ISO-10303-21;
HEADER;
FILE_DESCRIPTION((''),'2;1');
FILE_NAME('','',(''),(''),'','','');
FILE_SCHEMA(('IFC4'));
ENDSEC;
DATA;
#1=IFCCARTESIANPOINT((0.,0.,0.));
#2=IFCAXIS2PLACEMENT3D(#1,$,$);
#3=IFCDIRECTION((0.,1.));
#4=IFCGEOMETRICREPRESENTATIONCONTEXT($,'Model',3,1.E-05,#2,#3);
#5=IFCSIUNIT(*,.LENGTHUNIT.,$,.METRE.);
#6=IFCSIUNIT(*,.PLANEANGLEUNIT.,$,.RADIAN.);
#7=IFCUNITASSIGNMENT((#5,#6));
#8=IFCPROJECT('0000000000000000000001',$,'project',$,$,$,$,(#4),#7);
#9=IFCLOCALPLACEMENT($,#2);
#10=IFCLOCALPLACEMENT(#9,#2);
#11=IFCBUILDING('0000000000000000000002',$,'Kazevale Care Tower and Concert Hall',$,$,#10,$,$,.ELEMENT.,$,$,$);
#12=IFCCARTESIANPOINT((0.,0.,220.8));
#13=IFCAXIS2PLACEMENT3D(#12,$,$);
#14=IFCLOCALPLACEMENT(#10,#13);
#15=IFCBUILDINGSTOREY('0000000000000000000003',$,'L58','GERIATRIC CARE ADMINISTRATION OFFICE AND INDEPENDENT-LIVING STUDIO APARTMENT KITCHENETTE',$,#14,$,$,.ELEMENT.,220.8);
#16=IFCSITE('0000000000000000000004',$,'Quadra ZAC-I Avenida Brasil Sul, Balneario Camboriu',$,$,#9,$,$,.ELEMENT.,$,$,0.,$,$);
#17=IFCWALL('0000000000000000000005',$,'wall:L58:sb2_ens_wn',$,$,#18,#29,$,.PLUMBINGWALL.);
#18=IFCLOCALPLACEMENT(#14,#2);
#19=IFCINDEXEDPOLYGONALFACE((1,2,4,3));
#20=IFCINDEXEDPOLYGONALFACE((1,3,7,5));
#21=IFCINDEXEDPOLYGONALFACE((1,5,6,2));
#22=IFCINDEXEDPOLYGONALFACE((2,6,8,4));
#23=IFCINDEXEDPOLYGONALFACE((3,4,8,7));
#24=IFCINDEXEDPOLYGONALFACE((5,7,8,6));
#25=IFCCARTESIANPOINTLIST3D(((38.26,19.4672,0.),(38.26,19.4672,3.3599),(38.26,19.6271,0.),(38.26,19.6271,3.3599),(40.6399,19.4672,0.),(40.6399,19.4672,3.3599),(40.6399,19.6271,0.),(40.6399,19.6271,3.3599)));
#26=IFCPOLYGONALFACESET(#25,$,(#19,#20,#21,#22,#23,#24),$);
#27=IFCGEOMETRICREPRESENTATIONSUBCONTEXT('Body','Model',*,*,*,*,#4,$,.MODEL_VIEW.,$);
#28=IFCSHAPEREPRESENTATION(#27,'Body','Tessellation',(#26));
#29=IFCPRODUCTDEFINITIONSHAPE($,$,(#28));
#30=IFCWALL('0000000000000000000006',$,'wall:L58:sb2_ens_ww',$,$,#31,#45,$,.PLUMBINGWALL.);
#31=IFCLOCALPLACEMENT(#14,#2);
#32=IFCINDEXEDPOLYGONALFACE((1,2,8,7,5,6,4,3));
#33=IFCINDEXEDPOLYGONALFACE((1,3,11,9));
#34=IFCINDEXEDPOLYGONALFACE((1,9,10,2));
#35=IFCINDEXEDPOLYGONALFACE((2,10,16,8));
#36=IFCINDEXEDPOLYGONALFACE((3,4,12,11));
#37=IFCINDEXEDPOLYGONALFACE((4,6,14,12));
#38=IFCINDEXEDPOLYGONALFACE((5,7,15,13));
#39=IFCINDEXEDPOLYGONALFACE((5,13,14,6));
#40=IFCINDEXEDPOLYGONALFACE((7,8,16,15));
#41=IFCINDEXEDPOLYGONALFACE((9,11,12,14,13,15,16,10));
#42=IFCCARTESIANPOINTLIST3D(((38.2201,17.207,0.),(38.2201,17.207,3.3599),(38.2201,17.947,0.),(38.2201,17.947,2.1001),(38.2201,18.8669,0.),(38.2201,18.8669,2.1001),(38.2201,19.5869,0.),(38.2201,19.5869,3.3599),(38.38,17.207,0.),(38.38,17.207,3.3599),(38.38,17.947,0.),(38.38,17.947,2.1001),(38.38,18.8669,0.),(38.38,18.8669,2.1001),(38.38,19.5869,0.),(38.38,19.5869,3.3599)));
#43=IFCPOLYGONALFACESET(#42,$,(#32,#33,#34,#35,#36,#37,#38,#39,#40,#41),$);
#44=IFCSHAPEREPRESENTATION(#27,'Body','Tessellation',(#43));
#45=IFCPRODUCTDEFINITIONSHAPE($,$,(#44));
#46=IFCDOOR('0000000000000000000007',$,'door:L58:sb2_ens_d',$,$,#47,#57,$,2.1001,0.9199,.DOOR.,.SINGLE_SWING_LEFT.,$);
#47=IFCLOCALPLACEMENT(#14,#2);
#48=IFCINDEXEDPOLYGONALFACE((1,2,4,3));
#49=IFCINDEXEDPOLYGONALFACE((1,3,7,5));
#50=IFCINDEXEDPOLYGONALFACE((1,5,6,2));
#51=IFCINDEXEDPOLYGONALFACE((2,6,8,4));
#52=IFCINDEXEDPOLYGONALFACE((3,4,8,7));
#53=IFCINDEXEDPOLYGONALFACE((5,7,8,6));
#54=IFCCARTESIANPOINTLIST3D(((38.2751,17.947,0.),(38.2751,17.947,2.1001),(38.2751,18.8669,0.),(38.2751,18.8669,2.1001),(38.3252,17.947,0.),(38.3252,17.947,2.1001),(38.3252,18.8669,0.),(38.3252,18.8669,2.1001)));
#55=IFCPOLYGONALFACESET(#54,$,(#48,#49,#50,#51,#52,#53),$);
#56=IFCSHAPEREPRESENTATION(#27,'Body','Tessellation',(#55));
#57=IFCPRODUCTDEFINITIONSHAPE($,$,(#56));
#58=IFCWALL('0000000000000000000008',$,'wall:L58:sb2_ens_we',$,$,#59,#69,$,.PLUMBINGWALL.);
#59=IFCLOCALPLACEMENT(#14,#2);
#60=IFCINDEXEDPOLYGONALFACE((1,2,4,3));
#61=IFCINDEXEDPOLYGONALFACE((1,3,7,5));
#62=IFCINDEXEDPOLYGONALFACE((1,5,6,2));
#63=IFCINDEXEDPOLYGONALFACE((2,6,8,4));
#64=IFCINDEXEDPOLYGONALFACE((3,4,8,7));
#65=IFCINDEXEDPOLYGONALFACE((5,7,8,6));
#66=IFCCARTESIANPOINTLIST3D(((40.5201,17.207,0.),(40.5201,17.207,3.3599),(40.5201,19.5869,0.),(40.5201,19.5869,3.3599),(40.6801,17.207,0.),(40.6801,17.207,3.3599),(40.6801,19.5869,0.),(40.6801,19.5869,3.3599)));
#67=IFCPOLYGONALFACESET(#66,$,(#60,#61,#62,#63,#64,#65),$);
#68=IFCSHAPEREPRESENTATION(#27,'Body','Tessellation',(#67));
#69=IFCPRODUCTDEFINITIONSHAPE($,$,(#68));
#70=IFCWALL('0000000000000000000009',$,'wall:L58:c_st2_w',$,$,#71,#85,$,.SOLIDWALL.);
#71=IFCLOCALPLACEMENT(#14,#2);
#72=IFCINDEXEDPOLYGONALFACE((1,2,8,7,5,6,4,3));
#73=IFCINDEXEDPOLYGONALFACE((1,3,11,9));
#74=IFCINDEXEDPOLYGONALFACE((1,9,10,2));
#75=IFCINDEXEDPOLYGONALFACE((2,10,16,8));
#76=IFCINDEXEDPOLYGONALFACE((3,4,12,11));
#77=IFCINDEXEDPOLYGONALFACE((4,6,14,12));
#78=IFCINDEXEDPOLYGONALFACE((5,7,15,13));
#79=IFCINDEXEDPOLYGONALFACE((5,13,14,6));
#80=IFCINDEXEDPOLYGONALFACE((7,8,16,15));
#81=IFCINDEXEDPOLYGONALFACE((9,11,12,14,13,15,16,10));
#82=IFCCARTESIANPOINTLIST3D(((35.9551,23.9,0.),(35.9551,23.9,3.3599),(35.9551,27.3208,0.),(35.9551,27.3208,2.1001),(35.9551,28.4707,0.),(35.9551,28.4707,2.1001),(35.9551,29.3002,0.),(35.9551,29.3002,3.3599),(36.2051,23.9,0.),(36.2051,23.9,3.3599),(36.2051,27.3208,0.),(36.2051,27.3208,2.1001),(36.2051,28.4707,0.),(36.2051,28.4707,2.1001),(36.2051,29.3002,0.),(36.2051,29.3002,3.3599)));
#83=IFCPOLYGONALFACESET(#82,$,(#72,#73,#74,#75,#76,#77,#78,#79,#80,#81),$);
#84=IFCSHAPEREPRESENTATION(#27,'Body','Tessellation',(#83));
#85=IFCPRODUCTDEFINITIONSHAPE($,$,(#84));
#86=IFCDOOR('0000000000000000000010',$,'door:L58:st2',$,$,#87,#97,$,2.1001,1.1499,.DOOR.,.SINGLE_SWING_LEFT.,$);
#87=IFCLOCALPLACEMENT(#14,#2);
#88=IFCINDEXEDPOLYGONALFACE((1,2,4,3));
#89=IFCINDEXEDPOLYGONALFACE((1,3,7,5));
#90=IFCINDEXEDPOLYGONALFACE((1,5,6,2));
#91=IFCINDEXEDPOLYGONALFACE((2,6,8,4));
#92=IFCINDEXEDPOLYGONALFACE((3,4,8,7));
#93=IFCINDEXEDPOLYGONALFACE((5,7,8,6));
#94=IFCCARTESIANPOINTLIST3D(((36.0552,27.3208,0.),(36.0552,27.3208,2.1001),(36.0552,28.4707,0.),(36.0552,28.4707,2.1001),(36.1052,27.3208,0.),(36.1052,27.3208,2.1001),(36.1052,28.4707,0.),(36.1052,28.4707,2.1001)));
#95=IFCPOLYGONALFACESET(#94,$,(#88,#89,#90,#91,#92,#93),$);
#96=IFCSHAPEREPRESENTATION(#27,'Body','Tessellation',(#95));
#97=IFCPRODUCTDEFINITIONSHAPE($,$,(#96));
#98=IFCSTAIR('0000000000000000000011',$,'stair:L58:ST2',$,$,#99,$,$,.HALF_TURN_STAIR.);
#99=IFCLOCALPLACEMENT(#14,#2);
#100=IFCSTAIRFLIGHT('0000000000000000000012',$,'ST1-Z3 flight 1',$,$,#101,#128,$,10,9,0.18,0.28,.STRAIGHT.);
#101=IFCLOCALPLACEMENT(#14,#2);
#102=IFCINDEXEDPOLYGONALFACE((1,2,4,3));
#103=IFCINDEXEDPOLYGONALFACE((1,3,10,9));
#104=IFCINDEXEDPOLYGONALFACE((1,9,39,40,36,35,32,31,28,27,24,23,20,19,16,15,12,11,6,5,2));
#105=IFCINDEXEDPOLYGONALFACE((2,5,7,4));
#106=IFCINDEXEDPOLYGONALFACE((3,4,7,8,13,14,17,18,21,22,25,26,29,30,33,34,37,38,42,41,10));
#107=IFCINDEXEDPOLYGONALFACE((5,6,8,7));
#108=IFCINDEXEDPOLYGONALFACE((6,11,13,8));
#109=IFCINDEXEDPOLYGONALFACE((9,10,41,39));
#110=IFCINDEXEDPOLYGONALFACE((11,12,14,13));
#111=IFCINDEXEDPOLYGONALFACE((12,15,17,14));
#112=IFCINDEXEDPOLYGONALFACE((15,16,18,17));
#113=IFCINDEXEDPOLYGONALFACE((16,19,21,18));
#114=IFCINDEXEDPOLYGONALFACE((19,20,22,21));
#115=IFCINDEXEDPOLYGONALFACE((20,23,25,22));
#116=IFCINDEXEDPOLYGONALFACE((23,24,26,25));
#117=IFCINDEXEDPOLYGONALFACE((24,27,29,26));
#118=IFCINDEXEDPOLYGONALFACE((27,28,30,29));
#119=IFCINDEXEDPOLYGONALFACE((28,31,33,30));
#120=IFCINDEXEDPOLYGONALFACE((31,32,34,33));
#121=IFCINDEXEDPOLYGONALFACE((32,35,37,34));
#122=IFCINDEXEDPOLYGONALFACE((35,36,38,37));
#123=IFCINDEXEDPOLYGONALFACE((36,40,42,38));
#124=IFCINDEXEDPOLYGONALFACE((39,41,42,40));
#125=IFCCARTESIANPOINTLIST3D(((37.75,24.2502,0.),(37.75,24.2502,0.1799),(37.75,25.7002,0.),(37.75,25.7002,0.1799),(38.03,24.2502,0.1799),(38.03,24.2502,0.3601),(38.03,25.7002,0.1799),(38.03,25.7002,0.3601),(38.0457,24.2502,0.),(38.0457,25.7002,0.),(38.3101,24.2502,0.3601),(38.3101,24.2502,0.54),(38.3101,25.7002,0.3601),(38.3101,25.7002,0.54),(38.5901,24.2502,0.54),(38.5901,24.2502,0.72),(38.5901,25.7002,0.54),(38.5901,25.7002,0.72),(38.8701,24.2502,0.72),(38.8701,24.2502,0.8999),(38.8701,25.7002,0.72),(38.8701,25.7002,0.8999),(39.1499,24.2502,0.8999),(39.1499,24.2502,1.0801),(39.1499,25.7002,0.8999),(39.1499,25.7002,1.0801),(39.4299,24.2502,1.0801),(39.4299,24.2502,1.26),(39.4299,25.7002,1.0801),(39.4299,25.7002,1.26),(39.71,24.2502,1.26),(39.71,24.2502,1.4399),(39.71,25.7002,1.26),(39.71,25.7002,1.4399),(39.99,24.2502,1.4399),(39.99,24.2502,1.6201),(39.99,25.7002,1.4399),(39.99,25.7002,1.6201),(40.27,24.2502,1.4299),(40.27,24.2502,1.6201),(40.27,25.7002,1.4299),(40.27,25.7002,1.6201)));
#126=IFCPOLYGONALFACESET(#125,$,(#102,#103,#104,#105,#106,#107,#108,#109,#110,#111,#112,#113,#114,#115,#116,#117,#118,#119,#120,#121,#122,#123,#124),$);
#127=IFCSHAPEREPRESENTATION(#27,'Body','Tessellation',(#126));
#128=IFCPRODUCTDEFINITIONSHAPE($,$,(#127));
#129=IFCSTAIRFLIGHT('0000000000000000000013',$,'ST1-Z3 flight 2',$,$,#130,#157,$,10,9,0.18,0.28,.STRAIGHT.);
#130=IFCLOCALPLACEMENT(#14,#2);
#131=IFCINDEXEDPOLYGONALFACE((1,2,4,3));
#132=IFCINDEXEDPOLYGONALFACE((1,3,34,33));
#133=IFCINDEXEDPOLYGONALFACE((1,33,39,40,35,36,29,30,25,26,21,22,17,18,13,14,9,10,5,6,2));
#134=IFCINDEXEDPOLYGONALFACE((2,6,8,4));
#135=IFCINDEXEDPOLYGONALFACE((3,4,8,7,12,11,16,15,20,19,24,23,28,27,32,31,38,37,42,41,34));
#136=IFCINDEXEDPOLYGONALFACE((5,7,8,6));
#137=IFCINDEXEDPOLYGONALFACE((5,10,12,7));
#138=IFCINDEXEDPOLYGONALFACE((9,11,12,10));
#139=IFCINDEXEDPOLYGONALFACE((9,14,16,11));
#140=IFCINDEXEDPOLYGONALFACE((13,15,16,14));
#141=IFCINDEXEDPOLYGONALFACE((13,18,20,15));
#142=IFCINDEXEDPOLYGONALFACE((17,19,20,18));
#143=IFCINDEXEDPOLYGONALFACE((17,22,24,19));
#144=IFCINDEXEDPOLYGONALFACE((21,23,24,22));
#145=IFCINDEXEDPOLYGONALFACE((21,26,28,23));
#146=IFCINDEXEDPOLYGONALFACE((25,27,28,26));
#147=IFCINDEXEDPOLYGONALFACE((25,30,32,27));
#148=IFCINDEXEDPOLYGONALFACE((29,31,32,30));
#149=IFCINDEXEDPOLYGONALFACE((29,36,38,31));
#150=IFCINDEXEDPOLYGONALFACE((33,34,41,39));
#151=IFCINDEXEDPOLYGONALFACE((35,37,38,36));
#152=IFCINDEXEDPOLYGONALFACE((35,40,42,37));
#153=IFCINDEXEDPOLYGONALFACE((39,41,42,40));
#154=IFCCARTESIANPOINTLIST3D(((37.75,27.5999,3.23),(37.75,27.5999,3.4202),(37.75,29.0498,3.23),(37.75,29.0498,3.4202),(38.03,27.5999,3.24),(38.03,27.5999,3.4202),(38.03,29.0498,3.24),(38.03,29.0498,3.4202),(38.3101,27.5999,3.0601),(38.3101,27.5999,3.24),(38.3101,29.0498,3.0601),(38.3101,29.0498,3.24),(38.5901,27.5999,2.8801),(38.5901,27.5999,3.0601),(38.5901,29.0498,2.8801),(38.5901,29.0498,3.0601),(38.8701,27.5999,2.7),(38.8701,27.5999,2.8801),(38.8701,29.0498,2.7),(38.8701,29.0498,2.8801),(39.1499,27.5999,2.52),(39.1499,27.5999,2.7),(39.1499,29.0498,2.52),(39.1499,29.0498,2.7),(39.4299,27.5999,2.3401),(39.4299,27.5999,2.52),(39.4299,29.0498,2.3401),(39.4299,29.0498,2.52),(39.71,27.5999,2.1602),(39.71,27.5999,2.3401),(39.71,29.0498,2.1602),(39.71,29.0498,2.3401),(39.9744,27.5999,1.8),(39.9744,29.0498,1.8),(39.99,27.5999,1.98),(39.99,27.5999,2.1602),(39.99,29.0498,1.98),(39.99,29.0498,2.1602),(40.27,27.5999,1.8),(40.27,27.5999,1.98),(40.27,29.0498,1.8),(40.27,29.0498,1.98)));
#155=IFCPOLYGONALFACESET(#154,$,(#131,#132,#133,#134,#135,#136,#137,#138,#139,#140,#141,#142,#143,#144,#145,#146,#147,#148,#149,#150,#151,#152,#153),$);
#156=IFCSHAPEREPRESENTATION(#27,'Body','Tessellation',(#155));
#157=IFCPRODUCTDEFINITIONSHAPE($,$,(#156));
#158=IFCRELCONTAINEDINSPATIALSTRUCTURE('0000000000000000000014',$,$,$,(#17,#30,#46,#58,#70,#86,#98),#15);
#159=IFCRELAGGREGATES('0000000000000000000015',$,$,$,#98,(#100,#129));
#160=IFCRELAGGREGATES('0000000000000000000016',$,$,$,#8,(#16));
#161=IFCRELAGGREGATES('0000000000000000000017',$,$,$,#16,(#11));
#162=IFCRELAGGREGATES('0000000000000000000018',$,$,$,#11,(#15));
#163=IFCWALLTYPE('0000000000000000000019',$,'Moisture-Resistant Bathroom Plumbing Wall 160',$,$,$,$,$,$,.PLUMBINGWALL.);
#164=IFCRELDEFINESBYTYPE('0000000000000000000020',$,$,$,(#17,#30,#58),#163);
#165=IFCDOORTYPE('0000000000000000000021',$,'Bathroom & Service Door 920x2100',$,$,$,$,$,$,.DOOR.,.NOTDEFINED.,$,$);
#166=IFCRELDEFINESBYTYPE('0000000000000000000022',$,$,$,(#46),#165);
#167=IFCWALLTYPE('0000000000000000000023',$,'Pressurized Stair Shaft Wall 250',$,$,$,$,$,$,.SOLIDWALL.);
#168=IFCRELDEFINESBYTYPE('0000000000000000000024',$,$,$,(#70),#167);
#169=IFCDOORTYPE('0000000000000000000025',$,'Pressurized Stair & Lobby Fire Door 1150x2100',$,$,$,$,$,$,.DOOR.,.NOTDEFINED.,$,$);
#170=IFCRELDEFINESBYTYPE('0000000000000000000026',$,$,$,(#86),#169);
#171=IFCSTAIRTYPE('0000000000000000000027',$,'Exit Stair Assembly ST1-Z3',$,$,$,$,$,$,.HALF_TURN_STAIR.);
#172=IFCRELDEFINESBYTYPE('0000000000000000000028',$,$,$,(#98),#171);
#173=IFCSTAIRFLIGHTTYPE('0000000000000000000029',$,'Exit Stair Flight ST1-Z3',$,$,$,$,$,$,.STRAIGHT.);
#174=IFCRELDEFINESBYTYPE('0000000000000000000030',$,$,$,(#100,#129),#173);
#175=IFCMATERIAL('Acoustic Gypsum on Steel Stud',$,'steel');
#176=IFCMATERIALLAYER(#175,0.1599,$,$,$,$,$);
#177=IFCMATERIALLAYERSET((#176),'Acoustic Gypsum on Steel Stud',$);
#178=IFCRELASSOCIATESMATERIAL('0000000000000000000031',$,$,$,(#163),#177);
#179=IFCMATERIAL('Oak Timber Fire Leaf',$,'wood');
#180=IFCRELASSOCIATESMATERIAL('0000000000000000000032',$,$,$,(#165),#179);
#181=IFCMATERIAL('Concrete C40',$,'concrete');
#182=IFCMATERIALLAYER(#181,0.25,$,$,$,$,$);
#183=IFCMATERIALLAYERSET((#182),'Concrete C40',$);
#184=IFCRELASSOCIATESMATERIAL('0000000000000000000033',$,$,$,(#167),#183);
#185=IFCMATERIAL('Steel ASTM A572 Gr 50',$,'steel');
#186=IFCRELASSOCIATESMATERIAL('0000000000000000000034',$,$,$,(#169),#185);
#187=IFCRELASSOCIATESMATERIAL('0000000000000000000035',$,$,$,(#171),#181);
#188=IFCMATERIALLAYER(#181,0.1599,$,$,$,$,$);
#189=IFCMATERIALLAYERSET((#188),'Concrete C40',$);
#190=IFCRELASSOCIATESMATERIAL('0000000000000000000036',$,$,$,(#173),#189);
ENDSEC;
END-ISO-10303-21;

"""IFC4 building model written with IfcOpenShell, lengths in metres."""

from ifc_helpers import new_model, si_unit, direction, frame, frame_2d, origin, place, context, subcontext, project, spatial, polyline, rectangle, outline, extrude, material, layer, layer_set, type_object, element, fill, aggregate, save


model = new_model("IFC4")

# Units and contexts
model_context = context("Model", 3, precision=1e-05, world=origin(), true_north=direction((0.0, 1.0)))
body_context = subcontext(model_context, "Body", "Model", "MODEL_VIEW")
ifc_project = project(units=[si_unit("LENGTHUNIT", "METRE"), si_unit("PLANEANGLEUNIT", "RADIAN")], contexts=[model_context])

# Site, building, storey
site_placement = place(None, origin())
site = spatial("IfcSite", under=ifc_project, at=site_placement, Name="Quadra ZAC-I Avenida Brasil Sul, Balneario Camboriu", CompositionType="ELEMENT", RefElevation=0.0)
building_placement = place(site_placement, origin())
building = spatial("IfcBuilding", under=site, at=building_placement, Name="Kazevale Care Tower and Concert Hall", CompositionType="ELEMENT")
storey_placement = place(building_placement, frame((0.0, 0.0, 220.8)))
storey = spatial("IfcBuildingStorey", under=building, at=storey_placement, Name="L58", Description="GERIATRIC CARE ADMINISTRATION OFFICE AND INDEPENDENT-LIVING STUDIO APARTMENT KITCHENETTE", CompositionType="ELEMENT", Elevation=220.8)

# Shared definitions
ifc_material_1 = material(Name="Steel ASTM A572 Gr 50", Category="steel")

# Shared definitions
ifc_material_2 = material(Name="Oak Timber Fire Leaf", Category="wood")

# Wall
ifc_material_3 = material(Name="Acoustic Gypsum on Steel Stud", Category="steel")
ifc_layer_1 = layer(ifc_material_3, 0.1599)
ifc_layer_set_1 = layer_set([ifc_layer_1], Name="Acoustic Gypsum on Steel Stud")
wall_type_1 = type_object("IfcWallType", Name="Moisture-Resistant Bathroom Plumbing Wall 160", PredefinedType="PLUMBINGWALL", material=ifc_layer_set_1)
for number, where, z_axis, x_axis, name in (
    (1, (38.26, 19.5471, 0.0), (0.0, 0.0, 1.0), (1.0, 0.0, 0.0), "wall:L58:sb2_ens_wn"),
):
    element("IfcWall", number, at=place(storey_placement, frame(where, z_axis=z_axis, x_axis=x_axis)), inside=storey, type_object=wall_type_1, Name=name, PredefinedType="PLUMBINGWALL", context=body_context, shape_type="SweptSolid", body=[
        extrude(rectangle(XDim=2.3799, YDim=0.1599, at=frame_2d((1.1899, 0.0))), origin(), (0.0, 0.0, 1.0), 3.3599),
    ])

# Wall, opening, door
wall_1_placement = place(storey_placement, frame((38.3, 17.207, 0.0), z_axis=(0.0, 0.0, 1.0), x_axis=(0.0, 1.0, 0.0)))
wall_1 = element("IfcWall", 2, at=wall_1_placement, inside=storey, type_object=wall_type_1, Name="wall:L58:sb2_ens_ww", PredefinedType="PLUMBINGWALL", context=body_context, shape_type="SweptSolid", body=[
    extrude(rectangle(XDim=2.3799, YDim=0.1599, at=frame_2d((1.1899, 0.0))), origin(), (0.0, 0.0, 1.0), 3.3599),
])
opening_1_placement = place(wall_1_placement, frame((0.74, 0.0, 0.0)))
opening_1 = element("IfcOpeningElement", 3, at=opening_1_placement, cuts=wall_1, PredefinedType="OPENING", context=body_context, shape_type="SweptSolid", body=[
    extrude(rectangle(XDim=0.9199, YDim=2.1001, at=frame_2d((0.46, 1.05))), frame((0.0, 0.0898, 0.0), z_axis=(0.0, -1.0, 0.0), x_axis=(1.0, 0.0, 0.0)), (0.0, 0.0, 1.0), 0.1799),
])
door_type_1 = type_object("IfcDoorType", Name="Bathroom & Service Door 920x2100", OperationType="NOTDEFINED", PredefinedType="DOOR", material=ifc_material_2)
door_1_placement = place(opening_1_placement, origin())
door_1 = element("IfcDoor", 4, at=door_1_placement, inside=storey, type_object=door_type_1, Name="door:L58:sb2_ens_d", OperationType="SINGLE_SWING_LEFT", OverallHeight=2.1001, OverallWidth=0.9199, PredefinedType="DOOR", context=body_context, shape_type="SweptSolid", body=[
    extrude(rectangle(XDim=0.9199, YDim=2.1001, at=frame_2d((0.46, 1.05))), frame((0.0, 0.0249, 0.0), z_axis=(0.0, -1.0, 0.0), x_axis=(1.0, 0.0, 0.0)), (0.0, 0.0, 1.0), 0.05),
])
fill(opening_1, door_1)

# Wall
wall_2_placement = place(storey_placement, frame((40.6001, 17.207, 0.0), z_axis=(0.0, 0.0, 1.0), x_axis=(0.0, 1.0, 0.0)))
element("IfcWall", 5, at=wall_2_placement, inside=storey, type_object=wall_type_1, Name="wall:L58:sb2_ens_we", PredefinedType="PLUMBINGWALL", context=body_context, shape_type="SweptSolid", body=[
    extrude(rectangle(XDim=2.3799, YDim=0.1599, at=frame_2d((1.1899, 0.0))), origin(), (0.0, 0.0, 1.0), 3.3599),
])

# Wall, opening, door
ifc_material_4 = material(Name="Concrete C40", Category="concrete")
ifc_layer_2 = layer(ifc_material_4, 0.25)
ifc_layer_set_2 = layer_set([ifc_layer_2], Name="Concrete C40")
wall_type_2 = type_object("IfcWallType", Name="Pressurized Stair Shaft Wall 250", PredefinedType="SOLIDWALL", material=ifc_layer_set_2)
wall_3_placement = place(storey_placement, frame((36.0801, 23.8999, 0.0), z_axis=(0.0, 0.0, 1.0), x_axis=(0.0, 1.0, 0.0)))
wall_3 = element("IfcWall", 6, at=wall_3_placement, inside=storey, type_object=wall_type_2, Name="wall:L58:c_st2_w", PredefinedType="SOLIDWALL", context=body_context, shape_type="SweptSolid", body=[
    extrude(rectangle(XDim=5.4001, YDim=0.25, at=frame_2d((2.7002, 0.0))), origin(), (0.0, 0.0, 1.0), 3.3599),
])
opening_2_placement = place(wall_3_placement, frame((3.4209, 0.0, 0.0)))
opening_2 = element("IfcOpeningElement", 7, at=opening_2_placement, cuts=wall_3, PredefinedType="OPENING", context=body_context, shape_type="SweptSolid", body=[
    extrude(rectangle(XDim=1.1499, YDim=2.1001, at=frame_2d((0.575, 1.05))), frame((0.0, 0.135, 0.0), z_axis=(0.0, -1.0, 0.0), x_axis=(1.0, 0.0, 0.0)), (0.0, 0.0, 1.0), 0.27),
])
door_type_2 = type_object("IfcDoorType", Name="Pressurized Stair & Lobby Fire Door 1150x2100", OperationType="NOTDEFINED", PredefinedType="DOOR", material=ifc_material_1)
door_2_placement = place(opening_2_placement, origin())
door_2 = element("IfcDoor", 8, at=door_2_placement, inside=storey, type_object=door_type_2, Name="door:L58:st2", OperationType="SINGLE_SWING_LEFT", OverallHeight=2.1001, OverallWidth=1.1499, PredefinedType="DOOR", context=body_context, shape_type="SweptSolid", body=[
    extrude(rectangle(XDim=1.1499, YDim=2.1001, at=frame_2d((0.575, 1.05))), frame((0.0, 0.0249, 0.0), z_axis=(0.0, -1.0, 0.0), x_axis=(1.0, 0.0, 0.0)), (0.0, 0.0, 1.0), 0.05),
])
fill(opening_2, door_2)

# Stair, stair flights
stair_type = type_object("IfcStairType", Name="Exit Stair Assembly ST1-Z3", PredefinedType="HALF_TURN_STAIR", material=ifc_material_4)
stair_placement = place(storey_placement, origin())
stair = element("IfcStair", 9, at=stair_placement, inside=storey, type_object=stair_type, Name="stair:L58:ST2", PredefinedType="HALF_TURN_STAIR")
ifc_layer_3 = layer(ifc_material_4, 0.1599)
ifc_layer_set_3 = layer_set([ifc_layer_3], Name="Concrete C40")
stair_flight_type = type_object("IfcStairFlightType", Name="Exit Stair Flight ST1-Z3", PredefinedType="STRAIGHT", material=ifc_layer_set_3)
stair_flight_1_placement = place(storey_placement, frame((37.75, 24.9751, 0.0), z_axis=(0.0, 0.0, 1.0), x_axis=(1.0, 0.0, 0.0)))
stair_flight_1 = element("IfcStairFlight", 10, at=stair_flight_1_placement, type_object=stair_flight_type, Name="ST1-Z3 flight 1", NumberOfRisers=10, NumberOfTreads=9, PredefinedType="STRAIGHT", RiserHeight=0.18, TreadLength=0.28, context=body_context, shape_type="SweptSolid", body=[
    extrude(outline(polyline([(0.0, 0.0), (0.0, 0.1799), (0.28, 0.1799), (0.28, 0.3601), (0.5601, 0.3601), (0.5601, 0.54), (0.8401, 0.54), (0.8401, 0.72), (1.1201, 0.72), (1.1201, 0.8999), (1.3999, 0.8999), (1.3999, 1.0801), (1.6799, 1.0801), (1.6799, 1.26), (1.96, 1.26), (1.96, 1.4399), (2.24, 1.4399), (2.24, 1.6201), (2.52, 1.6201), (2.52, 1.8), (2.52, 1.4299), (0.2957, 0.0), (0.0, 0.0)])), frame((0.0, 0.7251, 0.0), z_axis=(0.0, -1.0, 0.0), x_axis=(1.0, 0.0, 0.0)), (0.0, 0.0, 1.0), 1.45),
])
stair_flight_2_placement = place(storey_placement, frame((40.27, 28.325, 1.8), z_axis=(0.0, 0.0, 1.0), x_axis=(-1.0, 0.0, 0.0)))
stair_flight_2 = element("IfcStairFlight", 11, at=stair_flight_2_placement, type_object=stair_flight_type, Name="ST1-Z3 flight 2", NumberOfRisers=10, NumberOfTreads=9, PredefinedType="STRAIGHT", RiserHeight=0.18, TreadLength=0.28, context=body_context, shape_type="SweptSolid", body=[
    extrude(outline(polyline([(0.0, 0.0), (0.0, 0.1799), (0.28, 0.1799), (0.28, 0.3601), (0.5601, 0.3601), (0.5601, 0.54), (0.8401, 0.54), (0.8401, 0.72), (1.1201, 0.72), (1.1201, 0.8999), (1.3999, 0.8999), (1.3999, 1.0801), (1.6799, 1.0801), (1.6799, 1.26), (1.96, 1.26), (1.96, 1.4399), (2.24, 1.4399), (2.24, 1.6201), (2.52, 1.6201), (2.52, 1.8), (2.52, 1.4299), (0.2957, 0.0), (0.0, 0.0)])), frame((0.0, 0.7251, 0.0), z_axis=(0.0, -1.0, 0.0), x_axis=(1.0, 0.0, 0.0)), (0.0, 0.0, 1.0), 1.45),
])
aggregate(stair, [stair_flight_1, stair_flight_2])

save(model, "model.ifc")
